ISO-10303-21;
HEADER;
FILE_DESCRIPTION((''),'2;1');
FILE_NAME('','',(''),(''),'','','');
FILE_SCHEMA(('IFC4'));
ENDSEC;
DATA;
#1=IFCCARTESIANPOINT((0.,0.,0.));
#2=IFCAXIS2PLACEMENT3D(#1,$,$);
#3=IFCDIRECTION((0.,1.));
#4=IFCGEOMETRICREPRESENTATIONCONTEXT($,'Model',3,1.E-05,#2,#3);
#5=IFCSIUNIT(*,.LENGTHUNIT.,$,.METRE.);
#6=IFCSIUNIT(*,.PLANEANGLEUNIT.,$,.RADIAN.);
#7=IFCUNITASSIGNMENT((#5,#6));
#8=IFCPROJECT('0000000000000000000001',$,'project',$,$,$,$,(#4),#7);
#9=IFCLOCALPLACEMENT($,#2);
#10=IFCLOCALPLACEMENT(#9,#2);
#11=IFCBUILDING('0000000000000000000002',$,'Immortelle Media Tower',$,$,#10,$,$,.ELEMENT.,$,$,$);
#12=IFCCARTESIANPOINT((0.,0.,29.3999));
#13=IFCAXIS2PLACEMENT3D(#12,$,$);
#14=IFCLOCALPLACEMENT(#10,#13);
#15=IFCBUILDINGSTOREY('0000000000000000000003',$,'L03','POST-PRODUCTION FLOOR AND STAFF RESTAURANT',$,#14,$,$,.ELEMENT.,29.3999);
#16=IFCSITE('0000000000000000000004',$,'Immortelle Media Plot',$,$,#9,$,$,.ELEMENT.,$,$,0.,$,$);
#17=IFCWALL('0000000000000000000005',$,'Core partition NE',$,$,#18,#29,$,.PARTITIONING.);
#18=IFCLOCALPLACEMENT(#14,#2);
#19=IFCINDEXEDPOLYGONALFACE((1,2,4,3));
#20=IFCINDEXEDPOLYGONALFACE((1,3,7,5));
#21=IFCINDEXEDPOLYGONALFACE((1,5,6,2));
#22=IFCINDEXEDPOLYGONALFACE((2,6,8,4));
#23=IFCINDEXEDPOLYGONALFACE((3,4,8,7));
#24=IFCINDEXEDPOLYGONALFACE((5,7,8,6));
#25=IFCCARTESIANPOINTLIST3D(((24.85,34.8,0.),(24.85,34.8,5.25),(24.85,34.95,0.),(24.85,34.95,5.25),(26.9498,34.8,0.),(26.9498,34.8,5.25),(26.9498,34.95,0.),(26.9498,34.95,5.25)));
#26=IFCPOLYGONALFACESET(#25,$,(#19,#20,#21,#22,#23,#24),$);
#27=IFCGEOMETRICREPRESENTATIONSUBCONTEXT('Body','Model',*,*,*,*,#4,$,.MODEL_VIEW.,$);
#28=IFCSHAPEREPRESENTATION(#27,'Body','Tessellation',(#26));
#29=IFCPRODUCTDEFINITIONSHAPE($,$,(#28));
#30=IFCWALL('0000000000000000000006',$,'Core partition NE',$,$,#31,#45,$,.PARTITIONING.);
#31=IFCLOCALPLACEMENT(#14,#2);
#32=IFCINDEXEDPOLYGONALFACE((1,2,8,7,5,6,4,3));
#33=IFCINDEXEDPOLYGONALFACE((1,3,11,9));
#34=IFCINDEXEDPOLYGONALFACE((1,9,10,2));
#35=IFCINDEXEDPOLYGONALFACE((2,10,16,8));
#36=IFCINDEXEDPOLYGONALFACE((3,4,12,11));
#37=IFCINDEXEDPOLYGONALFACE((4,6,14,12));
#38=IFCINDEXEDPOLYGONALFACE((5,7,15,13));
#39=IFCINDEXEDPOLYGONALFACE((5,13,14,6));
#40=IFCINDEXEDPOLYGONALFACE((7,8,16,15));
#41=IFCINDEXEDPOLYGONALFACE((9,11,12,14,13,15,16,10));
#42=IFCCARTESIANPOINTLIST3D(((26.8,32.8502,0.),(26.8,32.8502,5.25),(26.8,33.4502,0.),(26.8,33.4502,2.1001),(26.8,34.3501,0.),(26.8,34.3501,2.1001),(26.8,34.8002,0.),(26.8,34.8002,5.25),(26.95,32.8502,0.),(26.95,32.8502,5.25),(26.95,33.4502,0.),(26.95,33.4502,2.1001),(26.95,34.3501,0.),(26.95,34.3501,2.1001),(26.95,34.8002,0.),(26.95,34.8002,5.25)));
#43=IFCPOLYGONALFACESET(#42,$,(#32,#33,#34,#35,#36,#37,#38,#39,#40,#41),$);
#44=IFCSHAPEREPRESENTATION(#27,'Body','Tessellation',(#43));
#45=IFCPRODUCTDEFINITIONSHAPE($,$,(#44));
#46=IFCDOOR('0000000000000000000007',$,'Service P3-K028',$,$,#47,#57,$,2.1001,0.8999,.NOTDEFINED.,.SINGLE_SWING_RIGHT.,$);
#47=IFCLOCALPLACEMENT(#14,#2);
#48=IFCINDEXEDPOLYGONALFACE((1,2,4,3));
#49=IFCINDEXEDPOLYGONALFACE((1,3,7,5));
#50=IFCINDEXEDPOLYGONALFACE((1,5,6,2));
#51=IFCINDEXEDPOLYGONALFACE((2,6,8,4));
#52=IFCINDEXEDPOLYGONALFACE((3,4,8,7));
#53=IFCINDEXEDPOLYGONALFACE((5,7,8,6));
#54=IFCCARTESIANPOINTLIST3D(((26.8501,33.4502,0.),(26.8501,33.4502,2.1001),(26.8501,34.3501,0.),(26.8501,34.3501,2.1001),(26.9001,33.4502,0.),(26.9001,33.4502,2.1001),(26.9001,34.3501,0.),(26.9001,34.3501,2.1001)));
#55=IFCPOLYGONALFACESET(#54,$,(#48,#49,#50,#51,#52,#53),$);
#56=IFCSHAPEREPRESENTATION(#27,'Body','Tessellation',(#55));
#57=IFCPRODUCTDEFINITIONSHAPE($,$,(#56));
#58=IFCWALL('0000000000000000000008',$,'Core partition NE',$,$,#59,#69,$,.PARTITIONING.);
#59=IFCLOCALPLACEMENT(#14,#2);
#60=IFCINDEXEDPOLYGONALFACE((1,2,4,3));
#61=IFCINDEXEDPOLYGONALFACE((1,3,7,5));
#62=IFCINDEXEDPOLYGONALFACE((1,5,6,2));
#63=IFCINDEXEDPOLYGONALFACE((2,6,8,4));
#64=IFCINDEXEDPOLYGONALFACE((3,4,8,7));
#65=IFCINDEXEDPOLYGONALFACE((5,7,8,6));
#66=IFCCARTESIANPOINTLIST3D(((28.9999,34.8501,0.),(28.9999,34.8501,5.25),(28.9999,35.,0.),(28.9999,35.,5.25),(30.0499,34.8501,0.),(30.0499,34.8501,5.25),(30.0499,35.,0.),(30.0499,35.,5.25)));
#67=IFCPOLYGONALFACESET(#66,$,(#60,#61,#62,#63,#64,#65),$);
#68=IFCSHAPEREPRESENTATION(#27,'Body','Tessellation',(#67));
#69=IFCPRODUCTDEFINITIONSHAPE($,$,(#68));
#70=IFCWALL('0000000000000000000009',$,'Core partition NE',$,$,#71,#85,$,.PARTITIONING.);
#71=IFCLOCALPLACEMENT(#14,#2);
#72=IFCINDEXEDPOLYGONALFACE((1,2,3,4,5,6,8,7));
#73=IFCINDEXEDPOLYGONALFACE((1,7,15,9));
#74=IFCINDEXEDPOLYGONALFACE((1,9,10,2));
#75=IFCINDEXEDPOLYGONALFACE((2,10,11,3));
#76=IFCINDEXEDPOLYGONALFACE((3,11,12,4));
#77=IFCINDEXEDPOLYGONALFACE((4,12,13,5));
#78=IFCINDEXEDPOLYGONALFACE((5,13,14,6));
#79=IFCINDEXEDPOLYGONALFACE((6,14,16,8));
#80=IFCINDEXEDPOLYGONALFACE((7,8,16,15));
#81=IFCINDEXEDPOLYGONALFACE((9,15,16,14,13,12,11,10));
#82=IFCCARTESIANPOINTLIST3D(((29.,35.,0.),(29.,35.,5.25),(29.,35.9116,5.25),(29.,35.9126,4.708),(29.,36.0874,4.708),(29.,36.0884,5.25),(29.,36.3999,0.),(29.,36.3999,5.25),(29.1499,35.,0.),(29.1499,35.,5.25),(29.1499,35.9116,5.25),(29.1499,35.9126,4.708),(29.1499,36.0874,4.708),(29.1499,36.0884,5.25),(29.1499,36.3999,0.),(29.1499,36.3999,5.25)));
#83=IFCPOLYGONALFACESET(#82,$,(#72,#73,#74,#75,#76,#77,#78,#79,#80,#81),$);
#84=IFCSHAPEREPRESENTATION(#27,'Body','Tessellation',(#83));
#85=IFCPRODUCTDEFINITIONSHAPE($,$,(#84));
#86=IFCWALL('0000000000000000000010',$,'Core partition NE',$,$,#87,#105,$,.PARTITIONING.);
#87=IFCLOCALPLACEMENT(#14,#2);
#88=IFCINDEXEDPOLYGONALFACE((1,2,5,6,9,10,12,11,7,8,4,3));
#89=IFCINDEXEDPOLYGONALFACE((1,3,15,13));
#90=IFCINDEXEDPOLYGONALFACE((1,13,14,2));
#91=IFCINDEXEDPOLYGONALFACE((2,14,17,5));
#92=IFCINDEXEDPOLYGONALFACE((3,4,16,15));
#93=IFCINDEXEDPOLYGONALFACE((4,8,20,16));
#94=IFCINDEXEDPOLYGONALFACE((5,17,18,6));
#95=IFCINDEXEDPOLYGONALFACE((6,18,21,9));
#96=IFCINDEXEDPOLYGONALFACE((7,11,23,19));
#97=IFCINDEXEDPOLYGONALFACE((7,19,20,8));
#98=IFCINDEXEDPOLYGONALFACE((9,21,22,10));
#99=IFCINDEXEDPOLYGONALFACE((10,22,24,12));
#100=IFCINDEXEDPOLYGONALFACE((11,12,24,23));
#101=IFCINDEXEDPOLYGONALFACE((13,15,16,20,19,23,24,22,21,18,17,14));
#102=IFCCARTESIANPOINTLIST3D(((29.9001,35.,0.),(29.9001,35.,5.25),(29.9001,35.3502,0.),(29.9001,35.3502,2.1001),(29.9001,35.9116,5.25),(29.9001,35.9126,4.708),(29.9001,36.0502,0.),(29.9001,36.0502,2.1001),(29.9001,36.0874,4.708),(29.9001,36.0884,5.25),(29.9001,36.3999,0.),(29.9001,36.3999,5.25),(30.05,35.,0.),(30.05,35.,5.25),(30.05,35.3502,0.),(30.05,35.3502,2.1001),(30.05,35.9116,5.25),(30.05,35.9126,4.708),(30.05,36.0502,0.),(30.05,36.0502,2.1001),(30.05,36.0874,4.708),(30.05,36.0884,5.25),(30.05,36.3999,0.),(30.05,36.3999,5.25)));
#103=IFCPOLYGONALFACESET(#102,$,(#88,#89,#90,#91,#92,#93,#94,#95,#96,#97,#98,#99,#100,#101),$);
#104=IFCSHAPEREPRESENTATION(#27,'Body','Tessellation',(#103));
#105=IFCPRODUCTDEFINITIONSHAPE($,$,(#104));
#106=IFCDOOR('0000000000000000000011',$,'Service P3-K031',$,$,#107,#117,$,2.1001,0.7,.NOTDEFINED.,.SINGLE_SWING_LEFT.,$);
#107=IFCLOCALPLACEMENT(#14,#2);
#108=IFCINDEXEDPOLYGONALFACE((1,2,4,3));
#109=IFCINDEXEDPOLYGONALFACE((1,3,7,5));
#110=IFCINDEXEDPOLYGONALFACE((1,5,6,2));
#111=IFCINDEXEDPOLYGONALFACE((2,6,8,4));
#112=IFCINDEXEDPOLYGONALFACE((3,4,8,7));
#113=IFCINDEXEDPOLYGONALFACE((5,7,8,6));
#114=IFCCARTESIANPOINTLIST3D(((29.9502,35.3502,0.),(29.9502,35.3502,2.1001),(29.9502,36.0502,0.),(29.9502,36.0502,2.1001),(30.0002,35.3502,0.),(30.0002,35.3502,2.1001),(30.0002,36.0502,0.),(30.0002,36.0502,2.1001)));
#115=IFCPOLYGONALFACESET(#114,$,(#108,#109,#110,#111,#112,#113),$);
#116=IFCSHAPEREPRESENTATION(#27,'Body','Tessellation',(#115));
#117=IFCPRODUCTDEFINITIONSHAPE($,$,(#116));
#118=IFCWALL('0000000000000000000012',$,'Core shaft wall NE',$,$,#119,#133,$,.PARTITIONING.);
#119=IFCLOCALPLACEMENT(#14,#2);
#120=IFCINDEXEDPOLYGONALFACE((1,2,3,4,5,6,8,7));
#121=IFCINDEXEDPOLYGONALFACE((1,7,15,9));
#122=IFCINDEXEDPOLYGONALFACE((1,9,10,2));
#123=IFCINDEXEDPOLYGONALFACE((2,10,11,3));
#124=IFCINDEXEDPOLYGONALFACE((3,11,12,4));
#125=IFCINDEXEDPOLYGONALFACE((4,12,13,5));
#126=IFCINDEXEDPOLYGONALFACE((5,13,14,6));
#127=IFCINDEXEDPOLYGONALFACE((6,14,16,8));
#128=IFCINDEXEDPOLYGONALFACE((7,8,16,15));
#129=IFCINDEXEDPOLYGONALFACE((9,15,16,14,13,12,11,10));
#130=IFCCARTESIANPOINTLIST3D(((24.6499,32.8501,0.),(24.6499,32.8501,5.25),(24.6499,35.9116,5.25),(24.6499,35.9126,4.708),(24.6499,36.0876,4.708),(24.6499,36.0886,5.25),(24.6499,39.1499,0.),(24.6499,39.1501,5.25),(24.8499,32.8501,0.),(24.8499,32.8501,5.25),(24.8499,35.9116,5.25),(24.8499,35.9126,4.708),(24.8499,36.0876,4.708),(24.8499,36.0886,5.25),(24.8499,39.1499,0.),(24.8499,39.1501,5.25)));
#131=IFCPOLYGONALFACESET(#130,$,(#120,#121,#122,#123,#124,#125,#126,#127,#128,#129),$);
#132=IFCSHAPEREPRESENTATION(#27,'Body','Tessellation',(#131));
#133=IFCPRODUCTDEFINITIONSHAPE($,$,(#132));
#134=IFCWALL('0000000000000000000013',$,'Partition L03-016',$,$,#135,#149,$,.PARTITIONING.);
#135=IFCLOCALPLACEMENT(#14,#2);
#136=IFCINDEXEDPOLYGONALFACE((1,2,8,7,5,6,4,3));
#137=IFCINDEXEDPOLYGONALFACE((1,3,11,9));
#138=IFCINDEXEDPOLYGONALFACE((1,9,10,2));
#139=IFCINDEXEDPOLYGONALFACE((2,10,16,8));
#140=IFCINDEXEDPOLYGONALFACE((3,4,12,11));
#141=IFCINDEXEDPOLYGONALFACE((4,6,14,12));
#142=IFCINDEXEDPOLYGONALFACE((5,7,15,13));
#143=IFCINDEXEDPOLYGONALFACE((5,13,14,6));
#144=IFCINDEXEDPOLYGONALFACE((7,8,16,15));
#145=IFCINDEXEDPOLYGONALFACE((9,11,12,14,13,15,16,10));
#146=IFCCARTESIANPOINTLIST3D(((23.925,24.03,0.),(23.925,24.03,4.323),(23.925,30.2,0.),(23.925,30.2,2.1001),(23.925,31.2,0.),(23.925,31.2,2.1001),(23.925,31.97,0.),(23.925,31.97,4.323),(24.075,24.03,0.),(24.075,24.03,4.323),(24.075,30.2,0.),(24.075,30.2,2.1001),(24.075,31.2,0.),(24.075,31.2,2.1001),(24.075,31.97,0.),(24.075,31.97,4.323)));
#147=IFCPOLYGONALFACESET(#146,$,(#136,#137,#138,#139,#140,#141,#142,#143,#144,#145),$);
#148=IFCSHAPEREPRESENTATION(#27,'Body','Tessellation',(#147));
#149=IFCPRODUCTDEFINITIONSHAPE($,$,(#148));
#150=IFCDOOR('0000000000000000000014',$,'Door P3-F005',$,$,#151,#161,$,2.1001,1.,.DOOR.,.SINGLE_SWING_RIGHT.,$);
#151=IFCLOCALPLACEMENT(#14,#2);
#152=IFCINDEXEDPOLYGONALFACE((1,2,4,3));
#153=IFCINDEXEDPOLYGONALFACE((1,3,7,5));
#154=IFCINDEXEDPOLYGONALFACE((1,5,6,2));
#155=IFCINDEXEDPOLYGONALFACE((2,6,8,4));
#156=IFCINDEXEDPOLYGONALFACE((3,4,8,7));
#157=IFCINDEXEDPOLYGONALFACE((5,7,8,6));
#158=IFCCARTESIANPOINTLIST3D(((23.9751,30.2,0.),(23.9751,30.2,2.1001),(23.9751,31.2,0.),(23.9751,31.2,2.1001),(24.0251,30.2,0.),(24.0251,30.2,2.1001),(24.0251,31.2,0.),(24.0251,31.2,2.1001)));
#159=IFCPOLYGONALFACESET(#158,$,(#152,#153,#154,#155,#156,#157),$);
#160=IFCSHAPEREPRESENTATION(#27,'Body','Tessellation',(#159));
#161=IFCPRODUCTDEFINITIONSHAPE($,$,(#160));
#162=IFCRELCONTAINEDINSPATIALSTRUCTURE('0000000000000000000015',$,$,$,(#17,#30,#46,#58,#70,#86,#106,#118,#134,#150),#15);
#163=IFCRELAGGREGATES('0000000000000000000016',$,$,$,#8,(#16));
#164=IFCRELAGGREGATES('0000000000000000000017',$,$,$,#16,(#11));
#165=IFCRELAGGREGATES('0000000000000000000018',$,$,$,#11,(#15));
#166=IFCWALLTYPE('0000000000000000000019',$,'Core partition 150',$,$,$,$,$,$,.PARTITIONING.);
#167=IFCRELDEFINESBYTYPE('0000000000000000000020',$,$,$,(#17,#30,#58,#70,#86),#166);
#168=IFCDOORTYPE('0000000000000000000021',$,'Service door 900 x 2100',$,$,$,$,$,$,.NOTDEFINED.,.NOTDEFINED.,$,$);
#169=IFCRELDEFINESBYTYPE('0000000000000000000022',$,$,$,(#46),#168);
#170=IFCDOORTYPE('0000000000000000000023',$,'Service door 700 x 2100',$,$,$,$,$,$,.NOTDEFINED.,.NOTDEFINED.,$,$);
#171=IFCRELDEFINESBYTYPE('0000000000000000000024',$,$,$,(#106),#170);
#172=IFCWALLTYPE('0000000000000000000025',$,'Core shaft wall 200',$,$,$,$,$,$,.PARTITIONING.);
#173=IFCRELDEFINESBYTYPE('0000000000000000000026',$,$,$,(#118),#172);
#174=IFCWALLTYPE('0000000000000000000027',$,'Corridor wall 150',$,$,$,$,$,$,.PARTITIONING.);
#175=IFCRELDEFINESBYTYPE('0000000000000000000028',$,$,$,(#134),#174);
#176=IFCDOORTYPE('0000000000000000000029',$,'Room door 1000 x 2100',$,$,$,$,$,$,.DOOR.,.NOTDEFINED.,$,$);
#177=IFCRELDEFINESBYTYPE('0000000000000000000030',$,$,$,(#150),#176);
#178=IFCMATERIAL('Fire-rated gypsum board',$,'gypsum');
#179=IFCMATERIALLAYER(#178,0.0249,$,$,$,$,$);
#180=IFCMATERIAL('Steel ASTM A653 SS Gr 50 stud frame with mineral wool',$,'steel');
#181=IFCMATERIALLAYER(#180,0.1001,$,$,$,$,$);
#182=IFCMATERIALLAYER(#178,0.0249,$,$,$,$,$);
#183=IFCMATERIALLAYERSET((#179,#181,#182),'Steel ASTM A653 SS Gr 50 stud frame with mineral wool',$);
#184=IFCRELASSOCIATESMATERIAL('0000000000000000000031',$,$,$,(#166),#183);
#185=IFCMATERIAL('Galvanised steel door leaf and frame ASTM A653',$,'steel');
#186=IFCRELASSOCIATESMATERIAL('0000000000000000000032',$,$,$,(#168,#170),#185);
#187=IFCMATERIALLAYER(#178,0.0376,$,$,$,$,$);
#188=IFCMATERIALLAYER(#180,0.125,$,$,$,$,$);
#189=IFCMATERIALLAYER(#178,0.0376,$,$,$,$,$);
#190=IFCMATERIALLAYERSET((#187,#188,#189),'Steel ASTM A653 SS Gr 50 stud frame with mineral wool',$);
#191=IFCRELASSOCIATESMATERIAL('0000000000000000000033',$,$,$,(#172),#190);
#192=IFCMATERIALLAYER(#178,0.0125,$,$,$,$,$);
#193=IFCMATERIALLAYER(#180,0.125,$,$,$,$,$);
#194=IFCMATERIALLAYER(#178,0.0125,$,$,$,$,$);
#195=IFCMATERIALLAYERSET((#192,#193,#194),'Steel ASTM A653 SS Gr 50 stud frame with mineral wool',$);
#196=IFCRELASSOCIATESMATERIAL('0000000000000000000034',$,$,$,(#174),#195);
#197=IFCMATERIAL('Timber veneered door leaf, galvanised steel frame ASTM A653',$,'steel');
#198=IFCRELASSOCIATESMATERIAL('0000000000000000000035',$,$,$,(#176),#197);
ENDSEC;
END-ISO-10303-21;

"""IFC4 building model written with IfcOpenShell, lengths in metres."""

from ifc_helpers import new_model, si_unit, direction, frame, frame_2d, origin, place, context, subcontext, project, spatial, polyline, rectangle, outline, extrude, material, layer, layer_set, type_object, element, fill, save


model = new_model("IFC4")

# Units and contexts
model_context = context("Model", 3, precision=1e-05, world=origin(), true_north=direction((0.0, 1.0)))
body_context = subcontext(model_context, "Body", "Model", "MODEL_VIEW")
ifc_project = project(units=[si_unit("LENGTHUNIT", "METRE"), si_unit("PLANEANGLEUNIT", "RADIAN")], contexts=[model_context])

# Site, building, storey
site_placement = place(None, origin())
site = spatial("IfcSite", under=ifc_project, at=site_placement, Name="Immortelle Media Plot", CompositionType="ELEMENT", RefElevation=0.0)
building_placement = place(site_placement, origin())
building = spatial("IfcBuilding", under=site, at=building_placement, Name="Immortelle Media Tower", CompositionType="ELEMENT")
storey_placement = place(building_placement, frame((0.0, 0.0, 29.3999)))
storey = spatial("IfcBuildingStorey", under=building, at=storey_placement, Name="L03", Description="POST-PRODUCTION FLOOR AND STAFF RESTAURANT", CompositionType="ELEMENT", Elevation=29.3999)

# Wall
ifc_material_1 = material(Name="Fire-rated gypsum board", Category="gypsum")
ifc_layer_1 = layer(ifc_material_1, 0.0249)
ifc_material_2 = material(Name="Steel ASTM A653 SS Gr 50 stud frame with mineral wool", Category="steel")
ifc_layer_2 = layer(ifc_material_2, 0.1001)
ifc_layer_3 = layer(ifc_material_1, 0.0249)
ifc_layer_set_1 = layer_set([ifc_layer_1, ifc_layer_2, ifc_layer_3], Name="Steel ASTM A653 SS Gr 50 stud frame with mineral wool")
wall_type_1 = type_object("IfcWallType", Name="Core partition 150", PredefinedType="PARTITIONING", material=ifc_layer_set_1)
wall_1_placement = place(storey_placement, frame((24.8501, 34.875, 0.0), z_axis=(0.0, 0.0, 1.0), x_axis=(1.0, 0.0, 0.0)))
element("IfcWall", 1, at=wall_1_placement, inside=storey, type_object=wall_type_1, Name="Core partition NE", PredefinedType="PARTITIONING", context=body_context, shape_type="SweptSolid", body=[
    extrude(rectangle(XDim=2.0999, YDim=0.1499, at=frame_2d((1.0498, 0.0))), origin(), (0.0, 0.0, 1.0), 5.25),
])

# Wall, opening, door
wall_2_placement = place(storey_placement, frame((26.875, 32.8501, 0.0), z_axis=(0.0, 0.0, 1.0), x_axis=(0.0, 1.0, 0.0)))
wall_2 = element("IfcWall", 2, at=wall_2_placement, inside=storey, type_object=wall_type_1, Name="Core partition NE", PredefinedType="PARTITIONING", context=body_context, shape_type="SweptSolid", body=[
    extrude(rectangle(XDim=1.95, YDim=0.1499, at=frame_2d((0.9751, 0.0))), origin(), (0.0, 0.0, 1.0), 5.25),
])
opening_1_placement = place(wall_2_placement, frame((0.6001, 0.0, 0.0)))
opening_1 = element("IfcOpeningElement", 3, at=opening_1_placement, cuts=wall_2, PredefinedType="OPENING", context=body_context, shape_type="SweptSolid", body=[
    extrude(rectangle(XDim=0.8999, YDim=2.1001, at=frame_2d((0.45, 1.05))), frame((0.0, 0.085, 0.0), z_axis=(0.0, -1.0, 0.0), x_axis=(1.0, 0.0, 0.0)), (0.0, 0.0, 1.0), 0.1699),
])
ifc_material_3 = material(Name="Galvanised steel door leaf and frame ASTM A653", Category="steel")
door_type_1 = type_object("IfcDoorType", Name="Service door 900 x 2100", OperationType="NOTDEFINED", PredefinedType="NOTDEFINED", material=ifc_material_3)
door_1_placement = place(opening_1_placement, origin())
door_1 = element("IfcDoor", 4, at=door_1_placement, inside=storey, type_object=door_type_1, Name="Service P3-K028", OperationType="SINGLE_SWING_RIGHT", OverallHeight=2.1001, OverallWidth=0.8999, PredefinedType="NOTDEFINED", context=body_context, shape_type="SweptSolid", body=[
    extrude(rectangle(XDim=0.8999, YDim=2.1001, at=frame_2d((0.45, 1.05))), frame((0.0, 0.0249, 0.0), z_axis=(0.0, -1.0, 0.0), x_axis=(1.0, 0.0, 0.0)), (0.0, 0.0, 1.0), 0.05),
])
fill(opening_1, door_1)

# Walls
wall_3_placement = place(storey_placement, frame((29.0, 34.925, 0.0), z_axis=(0.0, 0.0, 1.0), x_axis=(1.0, 0.0, 0.0)))
element("IfcWall", 5, at=wall_3_placement, inside=storey, type_object=wall_type_1, Name="Core partition NE", PredefinedType="PARTITIONING", context=body_context, shape_type="SweptSolid", body=[
    extrude(rectangle(XDim=1.05, YDim=0.1499, at=frame_2d((0.5249, 0.0))), origin(), (0.0, 0.0, 1.0), 5.25),
])
wall_4_placement = place(storey_placement, frame((29.075, 35.0, 0.0), z_axis=(0.0, 0.0, 1.0), x_axis=(0.0, 1.0, 0.0)))
element("IfcWall", 6, at=wall_4_placement, inside=storey, type_object=wall_type_1, Name="Core partition NE", PredefinedType="PARTITIONING", context=body_context, shape_type="SweptSolid", body=[
    extrude(outline(polyline([(0.0, 0.0), (1.3999, 0.0), (1.3999, 5.25), (1.0884, 5.25), (1.0874, 4.708), (0.9126, 4.708), (0.9116, 5.25), (0.0, 5.25), (0.0, 0.0)])), frame((0.0, 0.075, 0.0), z_axis=(0.0, -1.0, 0.0), x_axis=(1.0, 0.0, 0.0)), (0.0, 0.0, 1.0), 0.1499),
])

# Wall, opening, door
wall_5_placement = place(storey_placement, frame((29.9751, 35.0, 0.0), z_axis=(0.0, 0.0, 1.0), x_axis=(0.0, 1.0, 0.0)))
wall_5 = element("IfcWall", 7, at=wall_5_placement, inside=storey, type_object=wall_type_1, Name="Core partition NE", PredefinedType="PARTITIONING", context=body_context, shape_type="SweptSolid", body=[
    extrude(outline(polyline([(0.0, 0.0), (1.3999, 0.0), (1.3999, 5.25), (1.0884, 5.25), (1.0874, 4.708), (0.9126, 4.708), (0.9116, 5.25), (0.0, 5.25), (0.0, 0.0)])), frame((0.0, 0.075, 0.0), z_axis=(0.0, -1.0, 0.0), x_axis=(1.0, 0.0, 0.0)), (0.0, 0.0, 1.0), 0.1499),
])
opening_2_placement = place(wall_5_placement, frame((0.3501, 0.0, 0.0)))
opening_2 = element("IfcOpeningElement", 8, at=opening_2_placement, cuts=wall_5, PredefinedType="OPENING", context=body_context, shape_type="SweptSolid", body=[
    extrude(rectangle(XDim=0.7, YDim=2.1001, at=frame_2d((0.3501, 1.05))), frame((0.0, 0.085, 0.0), z_axis=(0.0, -1.0, 0.0), x_axis=(1.0, 0.0, 0.0)), (0.0, 0.0, 1.0), 0.1699),
])
door_type_2 = type_object("IfcDoorType", Name="Service door 700 x 2100", OperationType="NOTDEFINED", PredefinedType="NOTDEFINED", material=ifc_material_3)
door_2_placement = place(opening_2_placement, origin())
door_2 = element("IfcDoor", 9, at=door_2_placement, inside=storey, type_object=door_type_2, Name="Service P3-K031", OperationType="SINGLE_SWING_LEFT", OverallHeight=2.1001, OverallWidth=0.7, PredefinedType="NOTDEFINED", context=body_context, shape_type="SweptSolid", body=[
    extrude(rectangle(XDim=0.7, YDim=2.1001, at=frame_2d((0.3501, 1.05))), frame((0.0, 0.0249, 0.0), z_axis=(0.0, -1.0, 0.0), x_axis=(1.0, 0.0, 0.0)), (0.0, 0.0, 1.0), 0.05),
])
fill(opening_2, door_2)

# Wall
ifc_layer_4 = layer(ifc_material_1, 0.0376)
ifc_layer_5 = layer(ifc_material_2, 0.125)
ifc_layer_6 = layer(ifc_material_1, 0.0376)
ifc_layer_set_2 = layer_set([ifc_layer_4, ifc_layer_5, ifc_layer_6], Name="Steel ASTM A653 SS Gr 50 stud frame with mineral wool")
wall_type_2 = type_object("IfcWallType", Name="Core shaft wall 200", PredefinedType="PARTITIONING", material=ifc_layer_set_2)
wall_6_placement = place(storey_placement, frame((24.75, 32.8501, 0.0), z_axis=(0.0, 0.0, 1.0), x_axis=(0.0, 1.0, 0.0)))
element("IfcWall", 10, at=wall_6_placement, inside=storey, type_object=wall_type_2, Name="Core shaft wall NE", PredefinedType="PARTITIONING", context=body_context, shape_type="SweptSolid", body=[
    extrude(outline(polyline([(0.0, 0.0), (6.2998, 0.0), (6.3, 5.25), (3.2385, 5.25), (3.2375, 4.708), (3.0625, 4.708), (3.0615, 5.25), (0.0, 5.25), (0.0, 0.0)])), frame((0.0, 0.1001, 0.0), z_axis=(0.0, -1.0, 0.0), x_axis=(1.0, 0.0, 0.0)), (0.0, 0.0, 1.0), 0.2),
])

# Wall, opening, door
ifc_layer_7 = layer(ifc_material_1, 0.0125)
ifc_layer_8 = layer(ifc_material_2, 0.125)
ifc_layer_9 = layer(ifc_material_1, 0.0125)
ifc_layer_set_3 = layer_set([ifc_layer_7, ifc_layer_8, ifc_layer_9], Name="Steel ASTM A653 SS Gr 50 stud frame with mineral wool")
wall_type_3 = type_object("IfcWallType", Name="Corridor wall 150", PredefinedType="PARTITIONING", material=ifc_layer_set_3)
wall_7_placement = place(storey_placement, frame((24.0, 24.03, 0.0), z_axis=(0.0, 0.0, 1.0), x_axis=(0.0, 1.0, 0.0)))
wall_7 = element("IfcWall", 11, at=wall_7_placement, inside=storey, type_object=wall_type_3, Name="Partition L03-016", PredefinedType="PARTITIONING", context=body_context, shape_type="SweptSolid", body=[
    extrude(rectangle(XDim=7.9399, YDim=0.1499, at=frame_2d((3.97, 0.0))), origin(), (0.0, 0.0, 1.0), 4.323),
])
opening_3_placement = place(wall_7_placement, frame((6.1699, 0.0, 0.0)))
opening_3 = element("IfcOpeningElement", 12, at=opening_3_placement, cuts=wall_7, PredefinedType="OPENING", context=body_context, shape_type="SweptSolid", body=[
    extrude(rectangle(XDim=1.0, YDim=2.1001, at=frame_2d((0.5, 1.05))), frame((0.0, 0.085, 0.0), z_axis=(0.0, -1.0, 0.0), x_axis=(1.0, 0.0, 0.0)), (0.0, 0.0, 1.0), 0.1699),
])
ifc_material_4 = material(Name="Timber veneered door leaf, galvanised steel frame ASTM A653", Category="steel")
door_type_3 = type_object("IfcDoorType", Name="Room door 1000 x 2100", OperationType="NOTDEFINED", PredefinedType="DOOR", material=ifc_material_4)
door_3_placement = place(opening_3_placement, origin())
door_3 = element("IfcDoor", 13, at=door_3_placement, inside=storey, type_object=door_type_3, Name="Door P3-F005", OperationType="SINGLE_SWING_RIGHT", OverallHeight=2.1001, OverallWidth=1.0, PredefinedType="DOOR", context=body_context, shape_type="SweptSolid", body=[
    extrude(rectangle(XDim=1.0, YDim=2.1001, at=frame_2d((0.5, 1.05))), frame((0.0, 0.0249, 0.0), z_axis=(0.0, -1.0, 0.0), x_axis=(1.0, 0.0, 0.0)), (0.0, 0.0, 1.0), 0.05),
])
fill(opening_3, door_3)

save(model, "model.ifc")
